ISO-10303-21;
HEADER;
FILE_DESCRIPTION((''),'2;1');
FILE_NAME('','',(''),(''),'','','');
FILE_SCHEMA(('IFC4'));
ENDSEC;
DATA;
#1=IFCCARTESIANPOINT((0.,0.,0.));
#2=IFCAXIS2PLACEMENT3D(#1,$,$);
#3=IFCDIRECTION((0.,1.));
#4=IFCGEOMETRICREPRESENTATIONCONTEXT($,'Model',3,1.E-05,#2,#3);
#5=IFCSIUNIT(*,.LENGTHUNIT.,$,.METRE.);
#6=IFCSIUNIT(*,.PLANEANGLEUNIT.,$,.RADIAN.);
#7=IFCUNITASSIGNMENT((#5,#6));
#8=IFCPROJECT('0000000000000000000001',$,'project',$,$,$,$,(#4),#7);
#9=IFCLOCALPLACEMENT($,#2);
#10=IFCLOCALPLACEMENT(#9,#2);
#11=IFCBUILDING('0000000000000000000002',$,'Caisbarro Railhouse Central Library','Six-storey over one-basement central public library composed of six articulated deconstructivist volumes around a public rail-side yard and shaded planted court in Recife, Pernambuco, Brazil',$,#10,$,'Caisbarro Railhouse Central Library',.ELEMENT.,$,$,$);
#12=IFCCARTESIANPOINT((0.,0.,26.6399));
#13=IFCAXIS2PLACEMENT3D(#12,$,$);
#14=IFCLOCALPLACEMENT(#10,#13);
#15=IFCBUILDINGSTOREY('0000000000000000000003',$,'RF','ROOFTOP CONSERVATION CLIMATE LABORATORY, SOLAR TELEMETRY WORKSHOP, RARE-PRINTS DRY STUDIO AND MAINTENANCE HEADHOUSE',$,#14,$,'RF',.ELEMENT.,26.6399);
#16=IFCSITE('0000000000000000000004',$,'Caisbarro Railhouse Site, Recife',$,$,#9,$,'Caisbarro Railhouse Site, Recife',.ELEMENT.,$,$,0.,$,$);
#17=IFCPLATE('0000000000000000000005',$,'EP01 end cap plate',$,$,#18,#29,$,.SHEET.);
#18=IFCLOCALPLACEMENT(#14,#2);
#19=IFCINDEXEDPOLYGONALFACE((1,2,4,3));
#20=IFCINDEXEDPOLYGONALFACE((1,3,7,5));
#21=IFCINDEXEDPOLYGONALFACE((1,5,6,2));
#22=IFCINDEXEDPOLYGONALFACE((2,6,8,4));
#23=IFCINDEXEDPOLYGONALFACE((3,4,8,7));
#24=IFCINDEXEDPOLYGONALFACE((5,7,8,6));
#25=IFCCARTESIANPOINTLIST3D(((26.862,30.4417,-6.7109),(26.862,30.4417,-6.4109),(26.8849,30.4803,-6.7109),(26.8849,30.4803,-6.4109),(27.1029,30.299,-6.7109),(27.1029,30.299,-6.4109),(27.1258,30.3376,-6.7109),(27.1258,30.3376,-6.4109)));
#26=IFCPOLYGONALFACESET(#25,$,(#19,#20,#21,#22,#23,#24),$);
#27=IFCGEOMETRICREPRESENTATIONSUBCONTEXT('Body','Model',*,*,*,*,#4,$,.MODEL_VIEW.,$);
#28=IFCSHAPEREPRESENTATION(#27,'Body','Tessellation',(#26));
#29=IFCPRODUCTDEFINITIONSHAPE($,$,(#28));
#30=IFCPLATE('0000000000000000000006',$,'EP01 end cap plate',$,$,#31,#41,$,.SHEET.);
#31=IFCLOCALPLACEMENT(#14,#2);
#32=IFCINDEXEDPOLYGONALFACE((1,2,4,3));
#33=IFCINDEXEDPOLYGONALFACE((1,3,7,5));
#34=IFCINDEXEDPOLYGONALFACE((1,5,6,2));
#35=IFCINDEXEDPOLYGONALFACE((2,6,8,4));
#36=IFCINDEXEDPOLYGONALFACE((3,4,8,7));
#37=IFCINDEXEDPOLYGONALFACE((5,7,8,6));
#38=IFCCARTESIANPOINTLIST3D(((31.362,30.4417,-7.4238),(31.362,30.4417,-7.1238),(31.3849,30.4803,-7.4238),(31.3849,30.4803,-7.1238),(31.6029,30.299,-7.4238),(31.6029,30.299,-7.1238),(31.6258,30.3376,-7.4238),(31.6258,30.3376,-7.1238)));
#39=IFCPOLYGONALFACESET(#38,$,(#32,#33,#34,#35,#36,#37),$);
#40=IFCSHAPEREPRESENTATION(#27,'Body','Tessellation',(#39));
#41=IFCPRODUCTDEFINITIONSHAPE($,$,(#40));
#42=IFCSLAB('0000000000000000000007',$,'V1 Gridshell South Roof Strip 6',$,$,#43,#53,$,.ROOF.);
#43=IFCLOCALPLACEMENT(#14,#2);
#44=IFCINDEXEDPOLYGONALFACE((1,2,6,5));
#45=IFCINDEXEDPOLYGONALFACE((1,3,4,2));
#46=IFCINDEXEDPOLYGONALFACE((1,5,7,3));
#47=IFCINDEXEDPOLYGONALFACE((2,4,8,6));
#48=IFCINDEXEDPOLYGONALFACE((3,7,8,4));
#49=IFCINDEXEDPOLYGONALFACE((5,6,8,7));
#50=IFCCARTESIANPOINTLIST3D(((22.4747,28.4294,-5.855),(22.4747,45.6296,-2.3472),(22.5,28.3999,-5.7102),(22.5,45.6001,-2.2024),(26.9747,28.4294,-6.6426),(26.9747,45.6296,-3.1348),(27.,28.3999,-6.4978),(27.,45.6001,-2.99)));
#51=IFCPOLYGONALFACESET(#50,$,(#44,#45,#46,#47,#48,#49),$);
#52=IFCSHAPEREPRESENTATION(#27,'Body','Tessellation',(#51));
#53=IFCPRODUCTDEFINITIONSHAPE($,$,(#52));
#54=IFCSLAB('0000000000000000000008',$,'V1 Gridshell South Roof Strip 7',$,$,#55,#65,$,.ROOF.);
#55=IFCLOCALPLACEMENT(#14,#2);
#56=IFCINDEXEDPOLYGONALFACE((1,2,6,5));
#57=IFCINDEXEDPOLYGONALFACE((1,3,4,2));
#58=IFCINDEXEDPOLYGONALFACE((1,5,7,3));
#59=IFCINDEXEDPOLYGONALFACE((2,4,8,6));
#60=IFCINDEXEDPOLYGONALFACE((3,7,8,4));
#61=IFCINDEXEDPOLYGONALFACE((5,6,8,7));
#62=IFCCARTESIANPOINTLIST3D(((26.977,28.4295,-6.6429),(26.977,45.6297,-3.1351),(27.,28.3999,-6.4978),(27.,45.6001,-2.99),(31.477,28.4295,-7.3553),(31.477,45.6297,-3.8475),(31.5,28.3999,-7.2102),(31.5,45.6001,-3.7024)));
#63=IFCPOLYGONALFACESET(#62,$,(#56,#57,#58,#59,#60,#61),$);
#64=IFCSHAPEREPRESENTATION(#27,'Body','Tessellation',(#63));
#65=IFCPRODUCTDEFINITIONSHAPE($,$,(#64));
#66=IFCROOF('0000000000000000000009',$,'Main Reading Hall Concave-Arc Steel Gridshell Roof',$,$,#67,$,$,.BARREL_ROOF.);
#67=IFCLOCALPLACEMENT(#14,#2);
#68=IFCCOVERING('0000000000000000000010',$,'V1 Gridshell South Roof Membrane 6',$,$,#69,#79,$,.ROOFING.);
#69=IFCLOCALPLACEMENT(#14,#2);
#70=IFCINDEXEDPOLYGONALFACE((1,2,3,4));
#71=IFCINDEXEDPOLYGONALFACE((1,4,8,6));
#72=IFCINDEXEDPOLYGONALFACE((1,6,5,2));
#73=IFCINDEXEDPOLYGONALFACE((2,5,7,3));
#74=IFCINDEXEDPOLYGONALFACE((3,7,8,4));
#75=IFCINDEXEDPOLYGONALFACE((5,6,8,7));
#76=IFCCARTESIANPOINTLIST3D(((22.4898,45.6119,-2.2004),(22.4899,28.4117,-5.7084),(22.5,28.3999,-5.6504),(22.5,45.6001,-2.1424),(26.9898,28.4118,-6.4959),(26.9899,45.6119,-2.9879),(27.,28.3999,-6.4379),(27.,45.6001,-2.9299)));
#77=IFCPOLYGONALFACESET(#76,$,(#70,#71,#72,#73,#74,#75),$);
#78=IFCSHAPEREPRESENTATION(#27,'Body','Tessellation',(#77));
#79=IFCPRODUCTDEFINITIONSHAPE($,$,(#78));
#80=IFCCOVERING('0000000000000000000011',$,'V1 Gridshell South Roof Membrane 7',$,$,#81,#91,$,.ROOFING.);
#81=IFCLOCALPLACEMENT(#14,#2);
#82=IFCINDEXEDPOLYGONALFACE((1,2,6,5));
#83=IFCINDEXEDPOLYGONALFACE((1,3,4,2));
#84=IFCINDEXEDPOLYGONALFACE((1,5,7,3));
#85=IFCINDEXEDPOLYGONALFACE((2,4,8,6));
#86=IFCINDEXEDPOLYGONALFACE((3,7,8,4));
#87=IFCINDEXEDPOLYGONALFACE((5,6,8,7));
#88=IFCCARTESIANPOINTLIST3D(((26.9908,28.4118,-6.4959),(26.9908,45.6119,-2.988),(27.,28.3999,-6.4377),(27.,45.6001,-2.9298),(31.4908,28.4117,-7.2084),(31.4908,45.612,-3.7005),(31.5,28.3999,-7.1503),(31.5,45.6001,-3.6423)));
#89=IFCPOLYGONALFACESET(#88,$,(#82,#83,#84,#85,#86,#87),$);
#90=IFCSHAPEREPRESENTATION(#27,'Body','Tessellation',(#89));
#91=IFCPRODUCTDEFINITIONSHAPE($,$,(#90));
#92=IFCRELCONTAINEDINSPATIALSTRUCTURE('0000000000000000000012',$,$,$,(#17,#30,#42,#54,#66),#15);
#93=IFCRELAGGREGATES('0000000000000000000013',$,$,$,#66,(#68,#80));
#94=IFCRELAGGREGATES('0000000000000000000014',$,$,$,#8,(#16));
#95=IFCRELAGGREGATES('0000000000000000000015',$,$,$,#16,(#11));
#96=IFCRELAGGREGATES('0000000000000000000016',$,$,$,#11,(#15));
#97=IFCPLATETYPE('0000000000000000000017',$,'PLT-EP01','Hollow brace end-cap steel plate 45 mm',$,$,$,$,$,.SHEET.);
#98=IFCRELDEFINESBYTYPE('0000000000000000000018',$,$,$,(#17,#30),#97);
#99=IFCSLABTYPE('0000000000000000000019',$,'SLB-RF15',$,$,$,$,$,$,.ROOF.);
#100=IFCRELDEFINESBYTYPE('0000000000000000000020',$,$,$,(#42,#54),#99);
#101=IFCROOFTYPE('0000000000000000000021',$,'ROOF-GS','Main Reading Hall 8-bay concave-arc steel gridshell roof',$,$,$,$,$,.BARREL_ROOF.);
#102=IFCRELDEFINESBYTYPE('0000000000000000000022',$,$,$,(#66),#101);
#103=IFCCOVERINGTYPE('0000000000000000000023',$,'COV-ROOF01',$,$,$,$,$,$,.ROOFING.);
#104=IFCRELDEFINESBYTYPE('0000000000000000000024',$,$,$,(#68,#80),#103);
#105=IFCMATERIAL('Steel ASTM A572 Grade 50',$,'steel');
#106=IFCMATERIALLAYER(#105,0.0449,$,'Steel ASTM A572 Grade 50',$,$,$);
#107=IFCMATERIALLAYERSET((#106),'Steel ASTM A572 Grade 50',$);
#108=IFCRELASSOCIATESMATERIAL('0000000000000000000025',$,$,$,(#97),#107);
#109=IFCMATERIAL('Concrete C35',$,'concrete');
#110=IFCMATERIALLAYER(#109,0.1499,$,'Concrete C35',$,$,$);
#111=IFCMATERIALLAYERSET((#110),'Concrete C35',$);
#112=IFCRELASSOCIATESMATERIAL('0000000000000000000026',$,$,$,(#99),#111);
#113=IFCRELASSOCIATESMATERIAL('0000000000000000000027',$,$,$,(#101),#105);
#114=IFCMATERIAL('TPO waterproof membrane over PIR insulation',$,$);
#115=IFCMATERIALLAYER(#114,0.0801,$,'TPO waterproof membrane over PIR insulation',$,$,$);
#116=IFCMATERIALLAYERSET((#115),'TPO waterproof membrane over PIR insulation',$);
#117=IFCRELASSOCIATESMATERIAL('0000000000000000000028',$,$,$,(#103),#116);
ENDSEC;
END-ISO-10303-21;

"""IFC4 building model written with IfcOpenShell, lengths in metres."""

from ifc_helpers import new_model, si_unit, direction, frame, origin, origin_2d, place, context, subcontext, project, spatial, polyline, rectangle, outline, extrude, material, layer, layer_set, type_object, element, aggregate, save


model = new_model("IFC4")

# Units and contexts
model_context = context("Model", 3, precision=1e-05, world=origin(), true_north=direction((0.0, 1.0)))
body_context = subcontext(model_context, "Body", "Model", "MODEL_VIEW")
ifc_project = project(units=[si_unit("LENGTHUNIT", "METRE"), si_unit("PLANEANGLEUNIT", "RADIAN")], contexts=[model_context])

# Site, building, storey
site_placement = place(None, origin())
site = spatial("IfcSite", under=ifc_project, at=site_placement, Name="Caisbarro Railhouse Site, Recife", LongName="Caisbarro Railhouse Site, Recife", CompositionType="ELEMENT", RefElevation=0.0)
building_placement = place(site_placement, origin())
building = spatial("IfcBuilding", under=site, at=building_placement, Name="Caisbarro Railhouse Central Library", Description="Six-storey over one-basement central public library composed of six articulated deconstructivist volumes around a public rail-side yard and shaded planted court in Recife, Pernambuco, Brazil", LongName="Caisbarro Railhouse Central Library", CompositionType="ELEMENT")
storey_placement = place(building_placement, frame((0.0, 0.0, 26.6399)))
storey = spatial("IfcBuildingStorey", under=building, at=storey_placement, Name="RF", Description="ROOFTOP CONSERVATION CLIMATE LABORATORY, SOLAR TELEMETRY WORKSHOP, RARE-PRINTS DRY STUDIO AND MAINTENANCE HEADHOUSE", LongName="RF", CompositionType="ELEMENT", Elevation=26.6399)

# Shared definitions
ifc_material_1 = material(Name="Steel ASTM A572 Grade 50", Category="steel")

# Plates
ifc_layer_1 = layer(ifc_material_1, 0.0449, Name="Steel ASTM A572 Grade 50")
ifc_layer_set_1 = layer_set([ifc_layer_1], Name="Steel ASTM A572 Grade 50")
plate_type = type_object("IfcPlateType", Name="PLT-EP01", Description="Hollow brace end-cap steel plate 45 mm", PredefinedType="SHEET", material=ifc_layer_set_1)
for number, where, z_axis, x_axis, name in (
    (1, (26.9939, 30.3896, -6.7109), (0.0, 0.0, 1.0), (0.509492, 0.860475, 0.0), "EP01 end cap plate"),
    (2, (31.4939, 30.3896, -7.4238), (0.0, 0.0, 1.0), (0.509492, 0.860475, 0.0), "EP01 end cap plate"),
):
    element("IfcPlate", number, at=place(storey_placement, frame(where, z_axis=z_axis, x_axis=x_axis)), inside=storey, type_object=plate_type, Name=name, PredefinedType="SHEET", context=body_context, shape_type="SweptSolid", body=[
        extrude(rectangle(XDim=0.0449, YDim=0.28, at=origin_2d()), origin(), (0.0, 0.0, 1.0), 0.3),
    ])

# Slabs
ifc_material_2 = material(Name="Concrete C35", Category="concrete")
ifc_layer_2 = layer(ifc_material_2, 0.1499, Name="Concrete C35")
ifc_layer_set_2 = layer_set([ifc_layer_2], Name="Concrete C35")
slab_type = type_object("IfcSlabType", Name="SLB-RF15", PredefinedType="ROOF", material=ifc_layer_set_2)
slab_1_placement = place(storey_placement, frame((22.5, 28.3999, -5.7102), z_axis=(0.169024, -0.196952, 0.965733), x_axis=(0.985027, 0.0, -0.172401)))
element("IfcSlab", 3, at=slab_1_placement, inside=storey, type_object=slab_type, Name="V1 Gridshell South Roof Strip 6", PredefinedType="ROOF", context=body_context, shape_type="SweptSolid", body=[
    extrude(outline(polyline([(0.0, 0.0), (4.5684, 0.0), (3.9637, 17.5438), (-0.6048, 17.5438), (0.0, 0.0)])), origin(), (0.0, 0.0, -1.0), 0.1499),
])
slab_2_placement = place(storey_placement, frame((27.0, 28.3999, -6.4978), z_axis=(0.153285, -0.197465, 0.968251), x_axis=(0.987699, 0.0, -0.156364)))
element("IfcSlab", 4, at=slab_2_placement, inside=storey, type_object=slab_type, Name="V1 Gridshell South Roof Strip 7", PredefinedType="ROOF", context=body_context, shape_type="SweptSolid", body=[
    extrude(outline(polyline([(0.0, 0.0), (4.556, 0.0), (4.0075, 17.5457), (-0.5485, 17.5457), (0.0, 0.0)])), origin(), (0.0, 0.0, -1.0), 0.1499),
])

# Roof, coverings
roof_type = type_object("IfcRoofType", Name="ROOF-GS", Description="Main Reading Hall 8-bay concave-arc steel gridshell roof", PredefinedType="BARREL_ROOF", material=ifc_material_1)
roof_placement = place(storey_placement, origin())
roof = element("IfcRoof", 5, at=roof_placement, inside=storey, type_object=roof_type, Name="Main Reading Hall Concave-Arc Steel Gridshell Roof", PredefinedType="BARREL_ROOF")
ifc_material_3 = material(Name="TPO waterproof membrane over PIR insulation")
ifc_layer_3 = layer(ifc_material_3, 0.0801, Name="TPO waterproof membrane over PIR insulation")
ifc_layer_set_3 = layer_set([ifc_layer_3], Name="TPO waterproof membrane over PIR insulation")
covering_type = type_object("IfcCoveringType", Name="COV-ROOF01", PredefinedType="ROOFING", material=ifc_layer_set_3)
covering_1_placement = place(storey_placement, frame((22.5, 28.3999, -5.6504), z_axis=(0.168999, -0.196959, 0.965736), x_axis=(0.985032, 0.000005, -0.172374)))
covering_1 = element("IfcCovering", 6, at=covering_1_placement, type_object=covering_type, Name="V1 Gridshell South Roof Membrane 6", PredefinedType="ROOFING", context=body_context, shape_type="SweptSolid", body=[
    extrude(outline(polyline([(0.0, 0.0), (4.5684, 0.0), (3.9638, 17.5438), (-0.6046, 17.5439), (0.0, 0.0)])), origin(), (0.0, 0.0, -1.0), 0.0601),
])
covering_2_placement = place(storey_placement, frame((27.0, 28.3999, -6.4377), z_axis=(0.153311, -0.197471, 0.968246), x_axis=(0.987695, -0.000005, -0.156391)))
covering_2 = element("IfcCovering", 7, at=covering_2_placement, type_object=covering_type, Name="V1 Gridshell South Roof Membrane 7", PredefinedType="ROOFING", context=body_context, shape_type="SweptSolid", body=[
    extrude(outline(polyline([(0.0, 0.0), (4.5561, 0.0), (4.0074, 17.5457), (-0.5487, 17.5457), (0.0, 0.0)])), origin(), (0.0, 0.0, -1.0), 0.0601),
])
aggregate(roof, [covering_1, covering_2])

save(model, "model.ifc")
